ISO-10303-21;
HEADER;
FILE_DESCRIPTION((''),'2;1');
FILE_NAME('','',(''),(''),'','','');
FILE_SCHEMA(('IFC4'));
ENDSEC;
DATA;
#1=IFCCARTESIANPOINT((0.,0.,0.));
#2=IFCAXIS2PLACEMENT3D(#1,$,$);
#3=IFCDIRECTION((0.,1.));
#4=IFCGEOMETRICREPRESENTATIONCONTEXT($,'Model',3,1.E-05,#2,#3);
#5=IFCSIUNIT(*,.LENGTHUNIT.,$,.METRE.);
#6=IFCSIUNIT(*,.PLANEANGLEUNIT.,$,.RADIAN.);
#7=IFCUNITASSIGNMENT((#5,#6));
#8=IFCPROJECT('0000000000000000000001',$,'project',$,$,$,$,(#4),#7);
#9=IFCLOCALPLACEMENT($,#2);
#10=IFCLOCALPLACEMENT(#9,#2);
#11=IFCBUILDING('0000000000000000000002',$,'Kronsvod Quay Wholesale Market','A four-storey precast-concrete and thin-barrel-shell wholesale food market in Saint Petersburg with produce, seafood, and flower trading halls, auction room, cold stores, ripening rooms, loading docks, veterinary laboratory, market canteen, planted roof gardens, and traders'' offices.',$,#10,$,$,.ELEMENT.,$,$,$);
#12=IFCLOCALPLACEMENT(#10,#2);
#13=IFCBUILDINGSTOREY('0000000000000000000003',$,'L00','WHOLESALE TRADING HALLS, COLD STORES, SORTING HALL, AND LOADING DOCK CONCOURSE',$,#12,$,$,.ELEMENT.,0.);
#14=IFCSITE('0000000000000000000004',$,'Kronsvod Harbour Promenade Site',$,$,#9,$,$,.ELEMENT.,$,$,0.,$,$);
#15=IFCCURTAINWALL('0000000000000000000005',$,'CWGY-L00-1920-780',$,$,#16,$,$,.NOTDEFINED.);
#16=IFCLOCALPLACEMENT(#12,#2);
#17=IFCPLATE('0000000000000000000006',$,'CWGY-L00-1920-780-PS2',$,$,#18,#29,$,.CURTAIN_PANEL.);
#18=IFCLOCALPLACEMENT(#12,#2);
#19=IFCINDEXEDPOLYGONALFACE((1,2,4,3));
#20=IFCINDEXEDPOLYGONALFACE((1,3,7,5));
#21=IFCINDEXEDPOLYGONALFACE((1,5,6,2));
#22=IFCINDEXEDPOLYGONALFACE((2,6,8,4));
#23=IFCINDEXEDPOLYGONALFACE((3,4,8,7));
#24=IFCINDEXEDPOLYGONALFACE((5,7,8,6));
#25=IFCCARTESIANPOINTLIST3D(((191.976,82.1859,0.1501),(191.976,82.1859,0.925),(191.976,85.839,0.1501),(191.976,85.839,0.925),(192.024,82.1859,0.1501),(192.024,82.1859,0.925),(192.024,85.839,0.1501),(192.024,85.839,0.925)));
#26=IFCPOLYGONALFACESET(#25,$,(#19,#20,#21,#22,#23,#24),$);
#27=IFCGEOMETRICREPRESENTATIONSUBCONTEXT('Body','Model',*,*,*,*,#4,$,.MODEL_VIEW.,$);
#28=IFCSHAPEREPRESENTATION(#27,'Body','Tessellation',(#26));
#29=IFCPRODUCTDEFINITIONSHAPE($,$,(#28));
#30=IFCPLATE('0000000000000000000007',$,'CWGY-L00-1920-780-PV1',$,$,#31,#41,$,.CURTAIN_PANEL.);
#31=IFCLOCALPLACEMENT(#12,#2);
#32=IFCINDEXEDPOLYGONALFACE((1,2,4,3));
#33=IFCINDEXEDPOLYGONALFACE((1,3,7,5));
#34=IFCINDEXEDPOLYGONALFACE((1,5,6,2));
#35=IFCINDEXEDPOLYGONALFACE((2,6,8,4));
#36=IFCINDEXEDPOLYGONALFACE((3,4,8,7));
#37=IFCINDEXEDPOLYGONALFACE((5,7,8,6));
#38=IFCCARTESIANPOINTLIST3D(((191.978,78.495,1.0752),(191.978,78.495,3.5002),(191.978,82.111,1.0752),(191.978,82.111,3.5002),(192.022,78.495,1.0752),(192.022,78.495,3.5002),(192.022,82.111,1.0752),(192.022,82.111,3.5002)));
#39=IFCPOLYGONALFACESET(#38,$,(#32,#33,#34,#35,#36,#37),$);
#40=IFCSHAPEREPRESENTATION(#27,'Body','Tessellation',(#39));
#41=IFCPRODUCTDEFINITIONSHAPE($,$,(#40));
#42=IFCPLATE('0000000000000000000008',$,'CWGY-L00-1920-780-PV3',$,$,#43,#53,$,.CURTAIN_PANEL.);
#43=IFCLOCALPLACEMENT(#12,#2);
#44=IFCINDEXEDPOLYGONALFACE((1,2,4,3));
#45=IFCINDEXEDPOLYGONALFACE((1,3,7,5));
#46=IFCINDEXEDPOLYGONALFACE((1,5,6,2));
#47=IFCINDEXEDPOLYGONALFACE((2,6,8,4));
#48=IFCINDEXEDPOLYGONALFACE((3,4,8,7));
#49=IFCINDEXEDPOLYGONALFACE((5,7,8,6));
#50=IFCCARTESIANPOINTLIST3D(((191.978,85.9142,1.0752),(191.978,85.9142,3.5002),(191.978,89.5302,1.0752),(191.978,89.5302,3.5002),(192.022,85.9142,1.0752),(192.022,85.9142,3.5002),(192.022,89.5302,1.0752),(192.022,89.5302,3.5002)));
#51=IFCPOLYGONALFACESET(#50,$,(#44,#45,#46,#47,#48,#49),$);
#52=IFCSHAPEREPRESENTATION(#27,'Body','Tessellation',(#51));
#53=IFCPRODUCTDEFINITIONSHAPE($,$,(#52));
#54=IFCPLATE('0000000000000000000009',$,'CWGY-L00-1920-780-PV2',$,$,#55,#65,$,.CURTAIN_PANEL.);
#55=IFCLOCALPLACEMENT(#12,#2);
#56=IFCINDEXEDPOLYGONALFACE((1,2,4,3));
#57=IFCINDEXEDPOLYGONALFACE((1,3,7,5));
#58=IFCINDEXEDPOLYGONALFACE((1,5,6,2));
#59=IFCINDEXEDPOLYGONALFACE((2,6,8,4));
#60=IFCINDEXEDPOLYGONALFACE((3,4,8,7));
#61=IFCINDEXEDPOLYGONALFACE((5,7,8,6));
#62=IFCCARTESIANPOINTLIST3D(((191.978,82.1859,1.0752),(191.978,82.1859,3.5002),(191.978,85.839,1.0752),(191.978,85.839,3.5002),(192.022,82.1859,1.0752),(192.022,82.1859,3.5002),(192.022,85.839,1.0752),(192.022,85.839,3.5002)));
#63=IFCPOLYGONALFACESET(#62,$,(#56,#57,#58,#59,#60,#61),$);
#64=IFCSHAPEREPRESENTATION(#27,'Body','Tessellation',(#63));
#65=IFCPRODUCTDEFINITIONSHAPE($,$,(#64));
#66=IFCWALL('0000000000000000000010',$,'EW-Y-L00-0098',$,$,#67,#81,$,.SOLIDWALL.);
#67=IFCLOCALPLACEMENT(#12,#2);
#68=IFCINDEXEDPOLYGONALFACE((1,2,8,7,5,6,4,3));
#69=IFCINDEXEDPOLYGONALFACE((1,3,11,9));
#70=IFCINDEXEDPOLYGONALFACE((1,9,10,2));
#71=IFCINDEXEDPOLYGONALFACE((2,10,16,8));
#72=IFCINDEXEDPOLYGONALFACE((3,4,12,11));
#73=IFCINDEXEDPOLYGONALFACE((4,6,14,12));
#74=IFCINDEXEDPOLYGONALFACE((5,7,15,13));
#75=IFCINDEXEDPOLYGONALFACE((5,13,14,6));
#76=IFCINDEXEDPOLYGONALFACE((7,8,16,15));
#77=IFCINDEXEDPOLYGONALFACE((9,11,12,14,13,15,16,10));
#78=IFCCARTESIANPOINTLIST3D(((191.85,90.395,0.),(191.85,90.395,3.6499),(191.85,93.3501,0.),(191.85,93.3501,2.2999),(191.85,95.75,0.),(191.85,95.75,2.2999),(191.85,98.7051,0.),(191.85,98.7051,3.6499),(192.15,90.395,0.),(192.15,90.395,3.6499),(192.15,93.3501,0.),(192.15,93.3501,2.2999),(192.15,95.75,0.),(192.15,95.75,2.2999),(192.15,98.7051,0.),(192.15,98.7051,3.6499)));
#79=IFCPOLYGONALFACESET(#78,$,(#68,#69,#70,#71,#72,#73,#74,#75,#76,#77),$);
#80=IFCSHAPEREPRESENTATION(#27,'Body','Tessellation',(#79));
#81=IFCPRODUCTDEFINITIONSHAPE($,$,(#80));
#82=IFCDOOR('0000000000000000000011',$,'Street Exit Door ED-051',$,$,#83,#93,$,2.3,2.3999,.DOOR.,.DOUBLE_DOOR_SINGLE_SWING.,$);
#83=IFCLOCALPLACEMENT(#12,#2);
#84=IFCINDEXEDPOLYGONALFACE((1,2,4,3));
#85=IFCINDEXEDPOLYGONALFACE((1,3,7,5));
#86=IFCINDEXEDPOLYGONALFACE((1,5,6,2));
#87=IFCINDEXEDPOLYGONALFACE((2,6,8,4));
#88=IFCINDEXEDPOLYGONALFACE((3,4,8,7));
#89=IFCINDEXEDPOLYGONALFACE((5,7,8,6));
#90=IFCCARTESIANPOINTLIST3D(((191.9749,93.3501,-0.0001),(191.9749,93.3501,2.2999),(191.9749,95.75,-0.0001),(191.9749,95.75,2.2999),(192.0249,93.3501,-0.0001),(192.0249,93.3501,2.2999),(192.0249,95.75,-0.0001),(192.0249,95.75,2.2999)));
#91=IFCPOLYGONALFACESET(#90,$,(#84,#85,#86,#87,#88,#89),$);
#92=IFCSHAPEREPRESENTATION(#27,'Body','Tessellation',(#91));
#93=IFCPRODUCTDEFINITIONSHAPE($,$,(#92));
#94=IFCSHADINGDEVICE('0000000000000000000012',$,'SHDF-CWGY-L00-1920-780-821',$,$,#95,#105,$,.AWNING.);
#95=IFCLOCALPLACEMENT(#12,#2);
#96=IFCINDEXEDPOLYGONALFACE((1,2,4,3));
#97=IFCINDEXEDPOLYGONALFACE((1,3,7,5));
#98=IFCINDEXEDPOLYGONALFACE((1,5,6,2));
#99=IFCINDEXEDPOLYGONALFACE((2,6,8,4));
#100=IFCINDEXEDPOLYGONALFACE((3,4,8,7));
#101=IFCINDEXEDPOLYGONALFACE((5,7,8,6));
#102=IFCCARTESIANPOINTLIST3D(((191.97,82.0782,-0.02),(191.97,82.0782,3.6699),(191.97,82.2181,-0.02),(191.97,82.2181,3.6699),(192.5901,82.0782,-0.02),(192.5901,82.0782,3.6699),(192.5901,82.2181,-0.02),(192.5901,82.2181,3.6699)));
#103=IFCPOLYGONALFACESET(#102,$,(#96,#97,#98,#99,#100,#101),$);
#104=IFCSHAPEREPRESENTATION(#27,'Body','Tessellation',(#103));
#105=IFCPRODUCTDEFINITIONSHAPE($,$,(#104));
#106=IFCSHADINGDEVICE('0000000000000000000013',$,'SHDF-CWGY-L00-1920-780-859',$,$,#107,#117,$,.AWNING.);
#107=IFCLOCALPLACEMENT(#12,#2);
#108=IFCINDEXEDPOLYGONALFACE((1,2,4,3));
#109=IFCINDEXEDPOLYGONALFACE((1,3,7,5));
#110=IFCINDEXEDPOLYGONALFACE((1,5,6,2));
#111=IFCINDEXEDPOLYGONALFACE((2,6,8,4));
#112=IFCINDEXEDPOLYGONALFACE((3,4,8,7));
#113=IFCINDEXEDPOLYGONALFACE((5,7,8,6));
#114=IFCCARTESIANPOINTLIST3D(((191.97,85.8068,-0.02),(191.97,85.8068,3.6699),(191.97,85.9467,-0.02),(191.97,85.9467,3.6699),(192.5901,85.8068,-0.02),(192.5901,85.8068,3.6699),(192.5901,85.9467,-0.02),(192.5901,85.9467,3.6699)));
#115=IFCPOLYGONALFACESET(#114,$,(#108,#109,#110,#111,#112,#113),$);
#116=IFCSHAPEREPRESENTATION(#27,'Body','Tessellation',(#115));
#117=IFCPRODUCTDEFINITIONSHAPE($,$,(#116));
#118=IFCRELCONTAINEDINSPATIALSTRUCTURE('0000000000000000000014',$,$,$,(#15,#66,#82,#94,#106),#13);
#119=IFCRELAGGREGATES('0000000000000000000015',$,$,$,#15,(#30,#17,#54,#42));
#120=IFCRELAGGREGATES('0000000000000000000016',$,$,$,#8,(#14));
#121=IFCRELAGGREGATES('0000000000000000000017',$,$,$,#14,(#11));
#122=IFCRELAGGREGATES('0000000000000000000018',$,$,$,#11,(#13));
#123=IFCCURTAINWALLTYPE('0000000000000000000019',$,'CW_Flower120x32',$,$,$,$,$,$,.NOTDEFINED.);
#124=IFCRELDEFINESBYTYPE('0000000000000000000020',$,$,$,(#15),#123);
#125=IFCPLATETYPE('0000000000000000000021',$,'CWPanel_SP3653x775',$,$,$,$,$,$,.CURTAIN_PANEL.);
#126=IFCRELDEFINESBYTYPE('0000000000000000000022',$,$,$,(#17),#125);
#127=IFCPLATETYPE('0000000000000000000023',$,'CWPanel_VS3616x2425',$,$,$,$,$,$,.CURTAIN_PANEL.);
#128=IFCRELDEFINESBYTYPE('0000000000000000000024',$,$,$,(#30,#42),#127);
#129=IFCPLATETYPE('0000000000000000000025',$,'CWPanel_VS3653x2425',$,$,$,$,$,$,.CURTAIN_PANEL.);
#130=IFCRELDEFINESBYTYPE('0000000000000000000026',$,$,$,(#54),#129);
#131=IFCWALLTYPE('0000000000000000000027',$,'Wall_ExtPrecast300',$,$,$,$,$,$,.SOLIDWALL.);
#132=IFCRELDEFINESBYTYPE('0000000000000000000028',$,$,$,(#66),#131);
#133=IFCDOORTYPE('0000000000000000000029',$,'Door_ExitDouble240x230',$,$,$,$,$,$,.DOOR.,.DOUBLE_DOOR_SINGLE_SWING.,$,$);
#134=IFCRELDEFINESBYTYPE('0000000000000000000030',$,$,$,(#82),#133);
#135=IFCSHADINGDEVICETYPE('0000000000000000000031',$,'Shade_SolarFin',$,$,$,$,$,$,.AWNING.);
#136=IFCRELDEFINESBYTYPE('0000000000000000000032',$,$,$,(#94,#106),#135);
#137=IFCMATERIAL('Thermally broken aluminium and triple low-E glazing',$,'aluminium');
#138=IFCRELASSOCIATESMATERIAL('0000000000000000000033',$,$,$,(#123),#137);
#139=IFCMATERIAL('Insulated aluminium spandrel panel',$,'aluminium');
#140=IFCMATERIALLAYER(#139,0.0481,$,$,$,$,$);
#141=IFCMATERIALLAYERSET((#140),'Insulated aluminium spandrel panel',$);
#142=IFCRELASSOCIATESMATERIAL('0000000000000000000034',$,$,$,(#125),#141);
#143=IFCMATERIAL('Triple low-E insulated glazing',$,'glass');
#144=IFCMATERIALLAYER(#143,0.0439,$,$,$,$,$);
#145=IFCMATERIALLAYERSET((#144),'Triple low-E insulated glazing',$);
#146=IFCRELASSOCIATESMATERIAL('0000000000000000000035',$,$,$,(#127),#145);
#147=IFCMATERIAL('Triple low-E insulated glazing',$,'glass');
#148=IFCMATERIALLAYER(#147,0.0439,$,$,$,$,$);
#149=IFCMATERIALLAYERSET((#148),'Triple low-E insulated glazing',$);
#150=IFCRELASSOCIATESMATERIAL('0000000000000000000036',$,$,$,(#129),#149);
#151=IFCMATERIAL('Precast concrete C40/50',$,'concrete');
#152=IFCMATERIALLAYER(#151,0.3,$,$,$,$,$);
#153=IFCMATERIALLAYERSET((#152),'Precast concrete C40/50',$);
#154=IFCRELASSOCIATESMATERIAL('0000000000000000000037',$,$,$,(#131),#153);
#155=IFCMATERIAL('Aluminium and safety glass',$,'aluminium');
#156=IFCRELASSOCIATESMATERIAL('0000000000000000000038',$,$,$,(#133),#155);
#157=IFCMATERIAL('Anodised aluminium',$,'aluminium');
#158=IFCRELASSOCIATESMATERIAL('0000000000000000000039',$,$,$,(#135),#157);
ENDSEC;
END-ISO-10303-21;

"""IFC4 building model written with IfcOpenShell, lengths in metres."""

from ifc_helpers import new_model, si_unit, direction, frame, frame_2d, origin, origin_2d, place, context, subcontext, project, spatial, rectangle, extrude, material, layer, layer_set, type_object, element, fill, aggregate, save


model = new_model("IFC4")

# Units and contexts
model_context = context("Model", 3, precision=1e-05, world=origin(), true_north=direction((0.0, 1.0)))
body_context = subcontext(model_context, "Body", "Model", "MODEL_VIEW")
ifc_project = project(units=[si_unit("LENGTHUNIT", "METRE"), si_unit("PLANEANGLEUNIT", "RADIAN")], contexts=[model_context])

# Site, building, storey
site_placement = place(None, origin())
site = spatial("IfcSite", under=ifc_project, at=site_placement, Name="Kronsvod Harbour Promenade Site", CompositionType="ELEMENT", RefElevation=0.0)
building_placement = place(site_placement, origin())
building = spatial("IfcBuilding", under=site, at=building_placement, Name="Kronsvod Quay Wholesale Market", Description="A four-storey precast-concrete and thin-barrel-shell wholesale food market in Saint Petersburg with produce, seafood, and flower trading halls, auction room, cold stores, ripening rooms, loading docks, veterinary laboratory, market canteen, planted roof gardens, and traders' offices.", CompositionType="ELEMENT")
storey_placement = place(building_placement, origin())
storey = spatial("IfcBuildingStorey", under=building, at=storey_placement, Name="L00", Description="WHOLESALE TRADING HALLS, COLD STORES, SORTING HALL, AND LOADING DOCK CONCOURSE", CompositionType="ELEMENT", Elevation=0.0)

# Curtain wall, plates
ifc_material_1 = material(Name="Thermally broken aluminium and triple low-E glazing", Category="aluminium")
curtain_wall_type = type_object("IfcCurtainWallType", Name="CW_Flower120x32", PredefinedType="NOTDEFINED", material=ifc_material_1)
curtain_wall_placement = place(storey_placement, origin())
curtain_wall = element("IfcCurtainWall", 1, at=curtain_wall_placement, inside=storey, type_object=curtain_wall_type, Name="CWGY-L00-1920-780", PredefinedType="NOTDEFINED")
ifc_material_2 = material(Name="Insulated aluminium spandrel panel", Category="aluminium")
ifc_layer_1 = layer(ifc_material_2, 0.0481)
ifc_layer_set_1 = layer_set([ifc_layer_1], Name="Insulated aluminium spandrel panel")
plate_type_1 = type_object("IfcPlateType", Name="CWPanel_SP3653x775", PredefinedType="CURTAIN_PANEL", material=ifc_layer_set_1)
plate_1_placement = place(storey_placement, frame((192.0, 84.0125, 0.1501), z_axis=(0.0, 0.0, 1.0), x_axis=(0.0, 1.0, 0.0)))
plate_1 = element("IfcPlate", 2, at=plate_1_placement, type_object=plate_type_1, Name="CWGY-L00-1920-780-PS2", PredefinedType="CURTAIN_PANEL", context=body_context, shape_type="SweptSolid", body=[
    extrude(rectangle(XDim=3.6531, YDim=0.0481, at=origin_2d()), origin(), (0.0, 0.0, 1.0), 0.7749),
])
ifc_material_3 = material(Name="Triple low-E insulated glazing", Category="glass")
ifc_layer_2 = layer(ifc_material_3, 0.0439)
ifc_layer_set_2 = layer_set([ifc_layer_2], Name="Triple low-E insulated glazing")
plate_type_2 = type_object("IfcPlateType", Name="CWPanel_VS3616x2425", PredefinedType="CURTAIN_PANEL", material=ifc_layer_set_2)
plate_2_placement = place(storey_placement, frame((192.0, 80.303, 1.0752), z_axis=(0.0, 0.0, 1.0), x_axis=(0.0, 1.0, 0.0)))
plate_2 = element("IfcPlate", 3, at=plate_2_placement, type_object=plate_type_2, Name="CWGY-L00-1920-780-PV1", PredefinedType="CURTAIN_PANEL", context=body_context, shape_type="SweptSolid", body=[
    extrude(rectangle(XDim=3.616, YDim=0.0439, at=origin_2d()), origin(), (0.0, 0.0, 1.0), 2.425),
])
plate_3_placement = place(storey_placement, frame((192.0, 87.7222, 1.0752), z_axis=(0.0, 0.0, 1.0), x_axis=(0.0, 1.0, 0.0)))
plate_3 = element("IfcPlate", 4, at=plate_3_placement, type_object=plate_type_2, Name="CWGY-L00-1920-780-PV3", PredefinedType="CURTAIN_PANEL", context=body_context, shape_type="SweptSolid", body=[
    extrude(rectangle(XDim=3.616, YDim=0.0439, at=origin_2d()), origin(), (0.0, 0.0, 1.0), 2.425),
])
ifc_material_4 = material(Name="Triple low-E insulated glazing", Category="glass")
ifc_layer_3 = layer(ifc_material_4, 0.0439)
ifc_layer_set_3 = layer_set([ifc_layer_3], Name="Triple low-E insulated glazing")
plate_type_3 = type_object("IfcPlateType", Name="CWPanel_VS3653x2425", PredefinedType="CURTAIN_PANEL", material=ifc_layer_set_3)
plate_4_placement = place(storey_placement, frame((192.0, 84.0125, 1.0752), z_axis=(0.0, 0.0, 1.0), x_axis=(0.0, 1.0, 0.0)))
plate_4 = element("IfcPlate", 5, at=plate_4_placement, type_object=plate_type_3, Name="CWGY-L00-1920-780-PV2", PredefinedType="CURTAIN_PANEL", context=body_context, shape_type="SweptSolid", body=[
    extrude(rectangle(XDim=3.6531, YDim=0.0439, at=origin_2d()), origin(), (0.0, 0.0, 1.0), 2.425),
])
aggregate(curtain_wall, [plate_2, plate_1, plate_4, plate_3])

# Wall, opening, door
ifc_material_5 = material(Name="Precast concrete C40/50", Category="concrete")
ifc_layer_4 = layer(ifc_material_5, 0.3)
ifc_layer_set_4 = layer_set([ifc_layer_4], Name="Precast concrete C40/50")
wall_type = type_object("IfcWallType", Name="Wall_ExtPrecast300", PredefinedType="SOLIDWALL", material=ifc_layer_set_4)
wall_placement = place(storey_placement, frame((192.0, 90.395, 0.0), z_axis=(0.0, 0.0, 1.0), x_axis=(0.0, 1.0, 0.0)))
wall = element("IfcWall", 6, at=wall_placement, inside=storey, type_object=wall_type, Name="EW-Y-L00-0098", PredefinedType="SOLIDWALL", context=body_context, shape_type="SweptSolid", body=[
    extrude(rectangle(XDim=8.3101, YDim=0.3, at=frame_2d((4.155, 0.0))), origin(), (0.0, 0.0, 1.0), 3.6499),
])
opening_placement = place(wall_placement, frame((2.9551, 0.0, 0.0)))
opening = element("IfcOpeningElement", 7, at=opening_placement, cuts=wall, PredefinedType="OPENING", context=body_context, shape_type="SweptSolid", body=[
    extrude(rectangle(XDim=2.3999, YDim=2.3, at=frame_2d((1.2, 1.1499))), frame((0.0, 0.1602, 0.0), z_axis=(0.0, -1.0, 0.0), x_axis=(1.0, 0.0, 0.0)), (0.0, 0.0, 1.0), 0.3201),
])
ifc_material_6 = material(Name="Aluminium and safety glass", Category="aluminium")
door_type = type_object("IfcDoorType", Name="Door_ExitDouble240x230", OperationType="DOUBLE_DOOR_SINGLE_SWING", PredefinedType="DOOR", material=ifc_material_6)
door_placement = place(opening_placement, frame((2.3999, 0.0, 0.0), z_axis=(0.0, 0.0, 1.0), x_axis=(-1.0, 0.0, 0.0)))
door = element("IfcDoor", 8, at=door_placement, inside=storey, type_object=door_type, Name="Street Exit Door ED-051", OperationType="DOUBLE_DOOR_SINGLE_SWING", OverallHeight=2.3, OverallWidth=2.3999, PredefinedType="DOOR", context=body_context, shape_type="SweptSolid", body=[
    extrude(rectangle(XDim=2.3999, YDim=2.3, at=frame_2d((1.2, 1.1499))), frame((0.0, 0.0249, 0.0), z_axis=(0.0, -1.0, 0.0), x_axis=(1.0, 0.0, 0.0)), (0.0, 0.0, 1.0), 0.05),
])
fill(opening, door)

# Shading devices
ifc_material_7 = material(Name="Anodised aluminium", Category="aluminium")
shading_device_type = type_object("IfcShadingDeviceType", Name="Shade_SolarFin", PredefinedType="AWNING", material=ifc_material_7)
for number, where, z_axis, x_axis, name in (
    (9, (192.28, 82.1482, -0.02), (0.0, 0.0, 1.0), (1.0, 0.0, 0.0), "SHDF-CWGY-L00-1920-780-821"),
    (10, (192.28, 85.8767, -0.02), (0.0, 0.0, 1.0), (1.0, 0.0, 0.0), "SHDF-CWGY-L00-1920-780-859"),
):
    element("IfcShadingDevice", number, at=place(storey_placement, frame(where, z_axis=z_axis, x_axis=x_axis)), inside=storey, type_object=shading_device_type, Name=name, PredefinedType="AWNING", context=body_context, shape_type="SweptSolid", body=[
        extrude(rectangle(XDim=0.6201, YDim=0.1399, at=origin_2d()), origin(), (0.0, 0.0, 1.0), 3.6899),
    ])

save(model, "model.ifc")
